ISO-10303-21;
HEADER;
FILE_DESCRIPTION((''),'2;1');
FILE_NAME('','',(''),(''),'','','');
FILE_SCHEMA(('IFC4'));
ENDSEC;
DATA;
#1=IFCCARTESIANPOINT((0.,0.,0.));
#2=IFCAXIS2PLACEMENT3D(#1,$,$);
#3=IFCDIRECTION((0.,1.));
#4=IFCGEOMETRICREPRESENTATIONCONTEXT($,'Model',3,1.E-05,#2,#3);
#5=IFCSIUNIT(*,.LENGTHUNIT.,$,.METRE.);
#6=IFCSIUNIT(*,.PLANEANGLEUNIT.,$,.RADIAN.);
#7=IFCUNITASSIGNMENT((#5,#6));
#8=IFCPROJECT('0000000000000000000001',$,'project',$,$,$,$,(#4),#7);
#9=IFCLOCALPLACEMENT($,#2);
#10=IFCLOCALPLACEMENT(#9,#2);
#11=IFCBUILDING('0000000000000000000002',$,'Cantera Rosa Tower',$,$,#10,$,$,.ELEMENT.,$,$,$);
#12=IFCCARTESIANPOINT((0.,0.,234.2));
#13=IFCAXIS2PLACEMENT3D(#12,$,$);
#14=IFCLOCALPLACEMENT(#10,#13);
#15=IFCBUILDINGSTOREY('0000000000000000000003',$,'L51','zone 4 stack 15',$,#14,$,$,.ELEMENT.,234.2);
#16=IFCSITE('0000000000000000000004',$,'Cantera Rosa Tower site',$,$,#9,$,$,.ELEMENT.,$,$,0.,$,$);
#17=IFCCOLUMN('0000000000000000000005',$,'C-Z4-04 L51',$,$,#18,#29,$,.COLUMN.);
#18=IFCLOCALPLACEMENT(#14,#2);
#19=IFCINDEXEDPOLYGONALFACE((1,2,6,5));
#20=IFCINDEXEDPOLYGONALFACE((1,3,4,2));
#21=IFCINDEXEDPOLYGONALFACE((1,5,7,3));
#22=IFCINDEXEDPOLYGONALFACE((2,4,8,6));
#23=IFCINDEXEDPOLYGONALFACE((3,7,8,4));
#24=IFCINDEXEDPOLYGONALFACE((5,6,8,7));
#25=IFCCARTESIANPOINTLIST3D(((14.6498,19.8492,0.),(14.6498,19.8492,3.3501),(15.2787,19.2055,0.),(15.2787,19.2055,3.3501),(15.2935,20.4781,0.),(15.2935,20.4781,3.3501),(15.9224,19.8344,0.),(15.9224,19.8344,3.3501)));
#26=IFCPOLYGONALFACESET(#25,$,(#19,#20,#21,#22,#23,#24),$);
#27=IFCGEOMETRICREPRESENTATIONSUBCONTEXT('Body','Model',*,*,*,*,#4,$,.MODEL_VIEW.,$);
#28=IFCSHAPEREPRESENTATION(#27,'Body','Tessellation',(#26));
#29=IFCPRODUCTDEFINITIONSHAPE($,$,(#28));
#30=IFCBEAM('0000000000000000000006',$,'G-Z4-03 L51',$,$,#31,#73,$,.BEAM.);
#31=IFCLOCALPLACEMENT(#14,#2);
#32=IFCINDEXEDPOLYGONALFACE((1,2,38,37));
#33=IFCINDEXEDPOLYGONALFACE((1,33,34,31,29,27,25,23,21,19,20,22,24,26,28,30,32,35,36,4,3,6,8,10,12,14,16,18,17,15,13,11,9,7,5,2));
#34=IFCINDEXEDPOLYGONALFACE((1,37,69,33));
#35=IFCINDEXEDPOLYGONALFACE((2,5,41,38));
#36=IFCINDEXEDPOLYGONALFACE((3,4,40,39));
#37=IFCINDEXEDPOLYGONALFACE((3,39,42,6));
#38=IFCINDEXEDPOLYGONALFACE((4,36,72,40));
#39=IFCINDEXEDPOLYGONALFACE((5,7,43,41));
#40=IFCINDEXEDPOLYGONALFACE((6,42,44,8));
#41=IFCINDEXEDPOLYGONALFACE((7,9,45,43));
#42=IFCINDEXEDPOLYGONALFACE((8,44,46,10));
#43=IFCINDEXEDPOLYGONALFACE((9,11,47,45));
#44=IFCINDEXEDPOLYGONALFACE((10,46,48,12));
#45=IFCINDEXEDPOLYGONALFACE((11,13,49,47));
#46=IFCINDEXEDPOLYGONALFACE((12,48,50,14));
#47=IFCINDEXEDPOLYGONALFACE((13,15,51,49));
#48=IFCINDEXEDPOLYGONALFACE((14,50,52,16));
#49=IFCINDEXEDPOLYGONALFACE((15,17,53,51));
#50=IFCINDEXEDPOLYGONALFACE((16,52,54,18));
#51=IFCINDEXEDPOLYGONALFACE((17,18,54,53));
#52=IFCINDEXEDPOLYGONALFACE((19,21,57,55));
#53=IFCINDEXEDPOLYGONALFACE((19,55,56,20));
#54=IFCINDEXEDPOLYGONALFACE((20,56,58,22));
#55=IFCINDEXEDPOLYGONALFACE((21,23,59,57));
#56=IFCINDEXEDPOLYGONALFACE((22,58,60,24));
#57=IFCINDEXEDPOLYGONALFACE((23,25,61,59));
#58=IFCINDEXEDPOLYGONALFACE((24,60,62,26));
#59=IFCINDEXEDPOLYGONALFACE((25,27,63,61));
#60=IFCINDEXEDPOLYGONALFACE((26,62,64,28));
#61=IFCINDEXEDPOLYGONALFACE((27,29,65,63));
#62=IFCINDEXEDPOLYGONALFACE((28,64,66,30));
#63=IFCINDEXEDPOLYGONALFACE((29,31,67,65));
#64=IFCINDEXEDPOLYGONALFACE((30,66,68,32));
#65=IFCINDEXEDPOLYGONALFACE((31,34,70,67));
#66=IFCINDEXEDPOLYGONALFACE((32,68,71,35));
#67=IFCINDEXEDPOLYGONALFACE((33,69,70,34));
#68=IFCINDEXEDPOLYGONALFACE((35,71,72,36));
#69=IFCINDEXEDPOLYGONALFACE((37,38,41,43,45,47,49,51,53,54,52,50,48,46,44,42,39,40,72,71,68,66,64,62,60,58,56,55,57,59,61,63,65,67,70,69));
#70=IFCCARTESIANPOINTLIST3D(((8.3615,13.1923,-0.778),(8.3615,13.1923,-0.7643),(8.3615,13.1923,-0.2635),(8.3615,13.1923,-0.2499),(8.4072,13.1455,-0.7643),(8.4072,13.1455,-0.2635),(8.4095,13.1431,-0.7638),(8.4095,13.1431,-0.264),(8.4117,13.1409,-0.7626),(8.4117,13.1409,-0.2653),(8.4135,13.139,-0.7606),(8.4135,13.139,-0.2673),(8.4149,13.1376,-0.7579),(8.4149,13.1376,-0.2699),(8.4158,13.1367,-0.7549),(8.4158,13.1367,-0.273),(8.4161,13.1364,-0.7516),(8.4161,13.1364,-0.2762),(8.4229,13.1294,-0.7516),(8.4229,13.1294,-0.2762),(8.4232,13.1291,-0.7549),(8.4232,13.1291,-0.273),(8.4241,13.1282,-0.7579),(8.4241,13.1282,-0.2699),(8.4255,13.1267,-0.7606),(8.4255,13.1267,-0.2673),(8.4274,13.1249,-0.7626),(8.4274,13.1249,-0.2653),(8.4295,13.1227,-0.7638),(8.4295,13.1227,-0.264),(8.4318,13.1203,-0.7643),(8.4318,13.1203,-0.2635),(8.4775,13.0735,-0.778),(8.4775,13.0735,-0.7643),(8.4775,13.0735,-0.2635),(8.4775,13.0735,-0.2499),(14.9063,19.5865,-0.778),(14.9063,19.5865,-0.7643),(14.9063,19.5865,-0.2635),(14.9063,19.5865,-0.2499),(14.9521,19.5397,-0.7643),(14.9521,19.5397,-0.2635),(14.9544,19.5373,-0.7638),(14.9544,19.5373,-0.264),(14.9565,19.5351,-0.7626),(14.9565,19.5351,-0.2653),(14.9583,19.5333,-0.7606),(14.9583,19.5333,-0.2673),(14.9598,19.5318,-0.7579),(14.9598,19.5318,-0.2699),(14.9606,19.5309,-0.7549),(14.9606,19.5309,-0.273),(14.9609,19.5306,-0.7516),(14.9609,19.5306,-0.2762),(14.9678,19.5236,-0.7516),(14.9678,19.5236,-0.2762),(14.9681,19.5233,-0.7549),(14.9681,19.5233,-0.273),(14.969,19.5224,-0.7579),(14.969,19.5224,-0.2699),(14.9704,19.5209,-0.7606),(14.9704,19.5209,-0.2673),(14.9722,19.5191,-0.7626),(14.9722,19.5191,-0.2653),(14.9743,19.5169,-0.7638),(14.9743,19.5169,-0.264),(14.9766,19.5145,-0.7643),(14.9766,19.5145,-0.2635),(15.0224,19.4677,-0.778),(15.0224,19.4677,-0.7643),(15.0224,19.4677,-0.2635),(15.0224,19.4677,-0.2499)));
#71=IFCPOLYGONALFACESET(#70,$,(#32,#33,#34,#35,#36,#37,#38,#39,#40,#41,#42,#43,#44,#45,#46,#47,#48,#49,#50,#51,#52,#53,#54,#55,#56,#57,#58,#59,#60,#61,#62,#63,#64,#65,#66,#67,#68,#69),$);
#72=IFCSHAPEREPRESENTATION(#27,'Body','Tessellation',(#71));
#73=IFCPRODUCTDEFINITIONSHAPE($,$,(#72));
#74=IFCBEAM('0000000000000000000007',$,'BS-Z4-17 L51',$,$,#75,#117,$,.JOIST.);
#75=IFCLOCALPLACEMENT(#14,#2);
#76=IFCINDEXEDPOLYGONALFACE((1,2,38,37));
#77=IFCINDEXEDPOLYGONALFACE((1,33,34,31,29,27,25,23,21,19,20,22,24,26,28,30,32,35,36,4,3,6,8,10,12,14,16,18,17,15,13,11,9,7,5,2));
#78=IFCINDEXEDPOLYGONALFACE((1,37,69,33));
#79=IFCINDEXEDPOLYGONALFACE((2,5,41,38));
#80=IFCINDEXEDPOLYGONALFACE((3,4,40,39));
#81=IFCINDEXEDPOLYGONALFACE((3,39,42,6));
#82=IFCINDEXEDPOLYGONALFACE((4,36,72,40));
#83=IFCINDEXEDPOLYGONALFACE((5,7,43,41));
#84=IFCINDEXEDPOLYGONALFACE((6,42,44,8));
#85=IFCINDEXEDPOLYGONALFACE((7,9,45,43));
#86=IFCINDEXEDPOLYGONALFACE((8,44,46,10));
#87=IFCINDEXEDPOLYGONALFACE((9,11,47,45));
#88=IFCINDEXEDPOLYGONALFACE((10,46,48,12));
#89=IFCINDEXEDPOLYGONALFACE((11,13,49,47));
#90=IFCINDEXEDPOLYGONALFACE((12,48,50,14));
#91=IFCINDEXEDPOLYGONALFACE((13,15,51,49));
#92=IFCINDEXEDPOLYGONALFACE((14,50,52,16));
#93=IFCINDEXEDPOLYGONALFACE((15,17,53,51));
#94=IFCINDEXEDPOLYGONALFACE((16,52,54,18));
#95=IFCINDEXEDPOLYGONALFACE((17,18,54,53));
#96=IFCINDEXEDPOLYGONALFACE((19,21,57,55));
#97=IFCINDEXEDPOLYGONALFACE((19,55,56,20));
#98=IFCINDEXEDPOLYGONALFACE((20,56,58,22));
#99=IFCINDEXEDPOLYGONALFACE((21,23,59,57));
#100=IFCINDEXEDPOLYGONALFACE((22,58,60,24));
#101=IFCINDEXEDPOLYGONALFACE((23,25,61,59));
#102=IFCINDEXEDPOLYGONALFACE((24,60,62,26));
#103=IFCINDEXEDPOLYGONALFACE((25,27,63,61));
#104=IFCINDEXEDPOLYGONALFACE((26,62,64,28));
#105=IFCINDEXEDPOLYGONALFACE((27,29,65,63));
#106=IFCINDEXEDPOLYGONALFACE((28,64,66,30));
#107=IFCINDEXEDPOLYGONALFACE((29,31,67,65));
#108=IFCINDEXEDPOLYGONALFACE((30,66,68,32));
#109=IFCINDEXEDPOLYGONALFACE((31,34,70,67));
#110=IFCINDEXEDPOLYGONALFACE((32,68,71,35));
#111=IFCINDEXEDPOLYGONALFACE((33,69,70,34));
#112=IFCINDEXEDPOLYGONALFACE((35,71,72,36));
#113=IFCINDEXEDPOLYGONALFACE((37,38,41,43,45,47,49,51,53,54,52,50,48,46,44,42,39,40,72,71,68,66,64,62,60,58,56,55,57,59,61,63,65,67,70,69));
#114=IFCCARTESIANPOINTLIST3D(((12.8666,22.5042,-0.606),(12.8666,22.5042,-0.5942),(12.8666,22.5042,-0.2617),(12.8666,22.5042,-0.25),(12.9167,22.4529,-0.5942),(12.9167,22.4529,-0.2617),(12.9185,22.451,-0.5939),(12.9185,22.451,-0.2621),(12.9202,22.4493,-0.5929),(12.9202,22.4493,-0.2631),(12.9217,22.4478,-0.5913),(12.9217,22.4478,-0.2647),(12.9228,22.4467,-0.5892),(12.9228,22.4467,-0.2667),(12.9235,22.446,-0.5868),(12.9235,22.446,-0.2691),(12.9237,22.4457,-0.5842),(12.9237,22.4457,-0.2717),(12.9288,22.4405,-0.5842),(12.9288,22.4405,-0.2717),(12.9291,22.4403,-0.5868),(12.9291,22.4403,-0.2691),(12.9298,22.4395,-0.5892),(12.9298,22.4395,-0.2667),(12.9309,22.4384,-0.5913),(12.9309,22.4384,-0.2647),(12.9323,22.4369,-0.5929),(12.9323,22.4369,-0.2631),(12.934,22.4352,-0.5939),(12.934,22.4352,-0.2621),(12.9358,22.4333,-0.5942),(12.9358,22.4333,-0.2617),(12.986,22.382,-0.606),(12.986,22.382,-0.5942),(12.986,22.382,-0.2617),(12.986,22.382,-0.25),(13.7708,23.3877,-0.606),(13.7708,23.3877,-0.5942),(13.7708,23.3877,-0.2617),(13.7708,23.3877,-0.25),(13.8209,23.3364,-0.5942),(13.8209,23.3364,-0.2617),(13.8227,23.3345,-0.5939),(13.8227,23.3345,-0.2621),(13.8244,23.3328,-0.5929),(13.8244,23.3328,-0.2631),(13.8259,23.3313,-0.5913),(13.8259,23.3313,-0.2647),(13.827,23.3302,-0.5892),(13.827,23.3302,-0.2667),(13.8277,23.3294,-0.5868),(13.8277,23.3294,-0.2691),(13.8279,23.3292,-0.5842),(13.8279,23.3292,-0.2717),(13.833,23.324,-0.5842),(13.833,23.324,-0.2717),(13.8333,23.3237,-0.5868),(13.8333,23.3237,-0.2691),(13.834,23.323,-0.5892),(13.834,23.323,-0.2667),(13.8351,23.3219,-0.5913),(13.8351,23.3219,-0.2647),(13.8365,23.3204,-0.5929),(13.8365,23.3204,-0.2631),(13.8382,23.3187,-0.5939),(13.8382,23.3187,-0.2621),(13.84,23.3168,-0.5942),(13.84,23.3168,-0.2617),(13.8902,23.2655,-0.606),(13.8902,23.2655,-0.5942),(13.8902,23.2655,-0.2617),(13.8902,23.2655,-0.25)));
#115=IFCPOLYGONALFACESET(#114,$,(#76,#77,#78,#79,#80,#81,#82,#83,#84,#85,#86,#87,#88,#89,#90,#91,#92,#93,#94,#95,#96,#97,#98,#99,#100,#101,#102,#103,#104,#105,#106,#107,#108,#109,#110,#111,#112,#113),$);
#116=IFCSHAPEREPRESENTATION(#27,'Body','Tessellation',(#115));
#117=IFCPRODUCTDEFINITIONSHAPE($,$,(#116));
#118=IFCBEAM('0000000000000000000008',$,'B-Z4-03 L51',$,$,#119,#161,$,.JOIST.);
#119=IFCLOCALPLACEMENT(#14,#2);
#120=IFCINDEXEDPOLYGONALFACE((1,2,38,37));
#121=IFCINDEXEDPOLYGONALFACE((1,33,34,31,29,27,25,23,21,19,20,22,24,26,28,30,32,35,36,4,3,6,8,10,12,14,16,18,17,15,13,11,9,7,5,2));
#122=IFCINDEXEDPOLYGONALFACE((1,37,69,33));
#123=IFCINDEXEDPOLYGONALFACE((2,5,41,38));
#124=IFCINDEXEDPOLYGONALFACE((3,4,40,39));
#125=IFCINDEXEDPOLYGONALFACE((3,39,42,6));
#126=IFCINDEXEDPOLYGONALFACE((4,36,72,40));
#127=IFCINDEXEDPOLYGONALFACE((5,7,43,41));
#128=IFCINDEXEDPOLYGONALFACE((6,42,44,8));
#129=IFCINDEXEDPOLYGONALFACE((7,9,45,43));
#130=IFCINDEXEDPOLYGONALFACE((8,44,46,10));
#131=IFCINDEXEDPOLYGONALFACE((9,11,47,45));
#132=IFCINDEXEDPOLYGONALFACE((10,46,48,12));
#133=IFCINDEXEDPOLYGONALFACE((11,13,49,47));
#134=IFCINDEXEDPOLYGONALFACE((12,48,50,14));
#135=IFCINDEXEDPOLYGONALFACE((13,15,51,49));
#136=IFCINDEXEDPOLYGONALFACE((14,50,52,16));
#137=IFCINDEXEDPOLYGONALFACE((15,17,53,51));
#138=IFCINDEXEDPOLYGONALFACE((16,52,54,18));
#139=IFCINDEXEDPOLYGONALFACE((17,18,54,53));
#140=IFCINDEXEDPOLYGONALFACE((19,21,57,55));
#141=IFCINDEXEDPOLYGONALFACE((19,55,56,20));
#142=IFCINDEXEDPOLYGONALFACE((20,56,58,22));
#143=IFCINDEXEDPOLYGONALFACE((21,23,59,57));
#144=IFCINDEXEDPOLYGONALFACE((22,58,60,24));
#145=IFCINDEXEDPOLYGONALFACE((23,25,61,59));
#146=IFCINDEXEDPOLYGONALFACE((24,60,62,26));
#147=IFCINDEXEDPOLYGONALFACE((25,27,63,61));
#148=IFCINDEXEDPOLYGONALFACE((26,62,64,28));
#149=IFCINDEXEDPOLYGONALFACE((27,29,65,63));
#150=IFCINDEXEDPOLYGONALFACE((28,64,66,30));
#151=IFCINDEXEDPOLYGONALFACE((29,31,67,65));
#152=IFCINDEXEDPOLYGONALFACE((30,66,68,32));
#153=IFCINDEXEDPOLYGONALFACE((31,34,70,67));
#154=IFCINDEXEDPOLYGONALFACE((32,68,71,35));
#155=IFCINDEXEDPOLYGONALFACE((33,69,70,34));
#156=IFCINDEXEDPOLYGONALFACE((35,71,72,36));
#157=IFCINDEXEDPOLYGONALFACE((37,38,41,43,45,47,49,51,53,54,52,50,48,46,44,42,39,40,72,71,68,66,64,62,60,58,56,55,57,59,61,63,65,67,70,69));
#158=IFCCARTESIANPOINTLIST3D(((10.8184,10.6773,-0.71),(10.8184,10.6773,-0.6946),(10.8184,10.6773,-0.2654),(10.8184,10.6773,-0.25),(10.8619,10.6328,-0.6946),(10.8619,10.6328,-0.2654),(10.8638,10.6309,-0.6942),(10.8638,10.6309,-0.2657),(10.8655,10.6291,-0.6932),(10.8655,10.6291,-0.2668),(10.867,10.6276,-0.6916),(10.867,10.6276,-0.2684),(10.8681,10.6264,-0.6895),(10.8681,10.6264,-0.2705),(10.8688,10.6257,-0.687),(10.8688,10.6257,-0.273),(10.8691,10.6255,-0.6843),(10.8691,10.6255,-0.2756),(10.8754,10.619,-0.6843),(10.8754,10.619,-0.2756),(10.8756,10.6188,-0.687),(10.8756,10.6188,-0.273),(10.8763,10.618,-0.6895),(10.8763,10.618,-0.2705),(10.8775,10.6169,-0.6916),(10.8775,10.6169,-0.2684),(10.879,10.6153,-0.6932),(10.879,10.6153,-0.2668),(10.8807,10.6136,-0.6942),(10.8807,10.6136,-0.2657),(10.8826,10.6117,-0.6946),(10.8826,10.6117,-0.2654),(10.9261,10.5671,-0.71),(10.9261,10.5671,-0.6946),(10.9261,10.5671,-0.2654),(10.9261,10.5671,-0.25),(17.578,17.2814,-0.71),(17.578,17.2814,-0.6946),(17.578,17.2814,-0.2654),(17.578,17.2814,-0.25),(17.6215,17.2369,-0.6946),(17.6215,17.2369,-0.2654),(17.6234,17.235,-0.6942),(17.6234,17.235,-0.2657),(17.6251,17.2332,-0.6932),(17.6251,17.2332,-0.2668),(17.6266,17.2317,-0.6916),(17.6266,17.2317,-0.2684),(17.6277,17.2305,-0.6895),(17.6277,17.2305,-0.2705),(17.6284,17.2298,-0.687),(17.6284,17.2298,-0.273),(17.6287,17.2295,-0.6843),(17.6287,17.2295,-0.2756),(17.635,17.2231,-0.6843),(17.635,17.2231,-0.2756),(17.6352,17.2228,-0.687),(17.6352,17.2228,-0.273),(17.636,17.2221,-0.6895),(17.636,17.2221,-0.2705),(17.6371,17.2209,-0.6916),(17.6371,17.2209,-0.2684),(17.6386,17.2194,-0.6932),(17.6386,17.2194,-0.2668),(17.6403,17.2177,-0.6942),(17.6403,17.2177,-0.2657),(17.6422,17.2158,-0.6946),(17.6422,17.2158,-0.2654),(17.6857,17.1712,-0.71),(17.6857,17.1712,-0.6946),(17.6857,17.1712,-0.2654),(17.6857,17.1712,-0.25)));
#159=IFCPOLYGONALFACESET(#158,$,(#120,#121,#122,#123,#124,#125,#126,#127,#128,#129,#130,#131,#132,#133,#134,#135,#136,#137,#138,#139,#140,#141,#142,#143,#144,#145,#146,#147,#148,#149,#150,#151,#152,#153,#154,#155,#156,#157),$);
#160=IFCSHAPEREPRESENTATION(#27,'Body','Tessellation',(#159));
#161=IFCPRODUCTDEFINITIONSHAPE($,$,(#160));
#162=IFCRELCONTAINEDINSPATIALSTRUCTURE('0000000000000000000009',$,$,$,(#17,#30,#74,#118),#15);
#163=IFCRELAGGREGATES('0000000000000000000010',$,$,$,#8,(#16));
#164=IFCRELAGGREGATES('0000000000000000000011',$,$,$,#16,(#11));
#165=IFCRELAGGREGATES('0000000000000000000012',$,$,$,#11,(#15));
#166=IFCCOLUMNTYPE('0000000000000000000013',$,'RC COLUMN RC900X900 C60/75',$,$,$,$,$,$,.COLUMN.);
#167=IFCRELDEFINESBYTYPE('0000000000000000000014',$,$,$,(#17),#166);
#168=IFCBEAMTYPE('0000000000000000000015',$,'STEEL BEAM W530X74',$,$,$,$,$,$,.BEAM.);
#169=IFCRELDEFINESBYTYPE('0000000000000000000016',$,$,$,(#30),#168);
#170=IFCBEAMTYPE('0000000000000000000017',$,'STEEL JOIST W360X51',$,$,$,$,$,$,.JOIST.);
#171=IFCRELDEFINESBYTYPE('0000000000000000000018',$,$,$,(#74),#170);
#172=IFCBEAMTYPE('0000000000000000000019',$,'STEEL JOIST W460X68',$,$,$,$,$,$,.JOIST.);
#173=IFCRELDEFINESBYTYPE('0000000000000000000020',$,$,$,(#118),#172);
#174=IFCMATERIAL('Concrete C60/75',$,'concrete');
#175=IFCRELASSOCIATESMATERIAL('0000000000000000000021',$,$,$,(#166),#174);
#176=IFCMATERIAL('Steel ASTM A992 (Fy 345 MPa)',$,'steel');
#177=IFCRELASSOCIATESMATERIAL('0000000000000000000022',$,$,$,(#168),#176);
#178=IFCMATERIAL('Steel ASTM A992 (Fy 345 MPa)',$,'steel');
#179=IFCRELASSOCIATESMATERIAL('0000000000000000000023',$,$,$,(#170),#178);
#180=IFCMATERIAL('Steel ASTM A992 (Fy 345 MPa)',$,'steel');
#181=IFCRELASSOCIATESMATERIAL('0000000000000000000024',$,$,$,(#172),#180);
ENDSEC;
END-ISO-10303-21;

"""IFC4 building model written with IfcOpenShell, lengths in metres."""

from ifc_helpers import new_model, si_unit, direction, frame, origin, origin_2d, place, context, subcontext, project, spatial, rectangle, i_section, extrude, material, material_profile, profile_set, type_object, element, save


model = new_model("IFC4")

# Units and contexts
model_context = context("Model", 3, precision=1e-05, world=origin(), true_north=direction((0.0, 1.0)))
body_context = subcontext(model_context, "Body", "Model", "MODEL_VIEW")
ifc_project = project(units=[si_unit("LENGTHUNIT", "METRE"), si_unit("PLANEANGLEUNIT", "RADIAN")], contexts=[model_context])

# Site, building, storey
site_placement = place(None, origin())
site = spatial("IfcSite", under=ifc_project, at=site_placement, Name="Cantera Rosa Tower site", CompositionType="ELEMENT", RefElevation=0.0)
building_placement = place(site_placement, origin())
building = spatial("IfcBuilding", under=site, at=building_placement, Name="Cantera Rosa Tower", CompositionType="ELEMENT")
storey_placement = place(building_placement, frame((0.0, 0.0, 234.2)))
storey = spatial("IfcBuildingStorey", under=building, at=storey_placement, Name="L51", Description="zone 4 stack 15", CompositionType="ELEMENT", Elevation=234.2)

# Column
ifc_material_1 = material(Name="Concrete C60/75", Category="concrete")
ifc_material_profile_1 = material_profile(ifc_material_1, rectangle(XDim=0.8999, YDim=0.8999, at=origin_2d()), Name="RC COLUMN RC900X900 C60/75")
ifc_profile_set_1 = profile_set([ifc_material_profile_1], Name="Concrete C60/75")
column_type = type_object("IfcColumnType", Name="RC COLUMN RC900X900 C60/75", PredefinedType="COLUMN", material=ifc_profile_set_1)
column_placement = place(storey_placement, frame((15.2861, 19.8418, 0.0), z_axis=(0.0, 0.0, 1.0), x_axis=(0.715286, 0.698832, 0.0)))
element("IfcColumn", 1, at=column_placement, inside=storey, type_object=column_type, Name="C-Z4-04 L51", PredefinedType="COLUMN", context=body_context, shape_type="SweptSolid", body=[
    extrude(rectangle(XDim=0.8999, YDim=0.8999, at=origin_2d()), origin(), (0.0, 0.0, 1.0), 3.3501),
])

# Beams
ifc_material_2 = material(Name="Steel ASTM A992 (Fy 345 MPa)", Category="steel")
ifc_material_profile_2 = material_profile(ifc_material_2, i_section(OverallWidth=0.166, OverallDepth=0.5281, WebThickness=0.0098, FlangeThickness=0.0137, FilletRadius=0.0127, at=origin_2d()), Name="W530X74")
ifc_profile_set_2 = profile_set([ifc_material_profile_2], Name="Steel ASTM A992 (Fy 345 MPa)")
beam_type_1 = type_object("IfcBeamType", Name="STEEL BEAM W530X74", PredefinedType="BEAM", material=ifc_profile_set_2)
beam_1_placement = place(storey_placement, frame((14.9644, 19.5271, -0.5139), z_axis=(-0.71529, -0.698827, 0.0), x_axis=(0.698827, -0.71529, 0.0)))
element("IfcBeam", 2, at=beam_1_placement, inside=storey, type_object=beam_type_1, Name="G-Z4-03 L51", PredefinedType="BEAM", context=body_context, shape_type="SweptSolid", body=[
    extrude(i_section(OverallWidth=0.166, OverallDepth=0.5281, WebThickness=0.0098, FlangeThickness=0.0137, FilletRadius=0.0127, at=origin_2d()), origin(), (0.0, 0.0, 1.0), 9.1499),
])
ifc_material_3 = material(Name="Steel ASTM A992 (Fy 345 MPa)", Category="steel")
ifc_material_profile_3 = material_profile(ifc_material_3, i_section(OverallWidth=0.1709, OverallDepth=0.356, WebThickness=0.0073, FlangeThickness=0.0117, FilletRadius=0.01, at=origin_2d()), Name="W360X51")
ifc_profile_set_3 = profile_set([ifc_material_profile_3], Name="Steel ASTM A992 (Fy 345 MPa)")
beam_type_2 = type_object("IfcBeamType", Name="STEEL JOIST W360X51", PredefinedType="JOIST", material=ifc_profile_set_3)
beam_2_placement = place(storey_placement, frame((12.9263, 22.4431, -0.428), z_axis=(0.715266, 0.698852, 0.0), x_axis=(-0.698852, 0.715266, 0.0)))
element("IfcBeam", 3, at=beam_2_placement, inside=storey, type_object=beam_type_2, Name="BS-Z4-17 L51", PredefinedType="JOIST", context=body_context, shape_type="SweptSolid", body=[
    extrude(i_section(OverallWidth=0.1709, OverallDepth=0.356, WebThickness=0.0073, FlangeThickness=0.0117, FilletRadius=0.01, at=origin_2d()), origin(), (0.0, 0.0, 1.0), 1.2642),
])
ifc_material_4 = material(Name="Steel ASTM A992 (Fy 345 MPa)", Category="steel")
ifc_material_profile_4 = material_profile(ifc_material_4, i_section(OverallWidth=0.1541, OverallDepth=0.46, WebThickness=0.009, FlangeThickness=0.0154, FilletRadius=0.0103, at=origin_2d()), Name="W460X68")
ifc_profile_set_4 = profile_set([ifc_material_profile_4], Name="Steel ASTM A992 (Fy 345 MPa)")
beam_type_3 = type_object("IfcBeamType", Name="STEEL JOIST W460X68", PredefinedType="JOIST", material=ifc_profile_set_4)
for number, where, z_axis, x_axis, name in (
    (4, (17.6318, 17.2263, -0.48), (-0.715287, -0.698831, 0.0), (0.698831, -0.715287, 0.0), "B-Z4-03 L51"),
):
    element("IfcBeam", number, at=place(storey_placement, frame(where, z_axis=z_axis, x_axis=x_axis)), inside=storey, type_object=beam_type_3, Name=name, PredefinedType="JOIST", context=body_context, shape_type="SweptSolid", body=[
        extrude(i_section(OverallWidth=0.1541, OverallDepth=0.46, WebThickness=0.009, FlangeThickness=0.0154, FilletRadius=0.0103, at=origin_2d()), origin(), (0.0, 0.0, 1.0), 9.4502),
    ])

save(model, "model.ifc")
